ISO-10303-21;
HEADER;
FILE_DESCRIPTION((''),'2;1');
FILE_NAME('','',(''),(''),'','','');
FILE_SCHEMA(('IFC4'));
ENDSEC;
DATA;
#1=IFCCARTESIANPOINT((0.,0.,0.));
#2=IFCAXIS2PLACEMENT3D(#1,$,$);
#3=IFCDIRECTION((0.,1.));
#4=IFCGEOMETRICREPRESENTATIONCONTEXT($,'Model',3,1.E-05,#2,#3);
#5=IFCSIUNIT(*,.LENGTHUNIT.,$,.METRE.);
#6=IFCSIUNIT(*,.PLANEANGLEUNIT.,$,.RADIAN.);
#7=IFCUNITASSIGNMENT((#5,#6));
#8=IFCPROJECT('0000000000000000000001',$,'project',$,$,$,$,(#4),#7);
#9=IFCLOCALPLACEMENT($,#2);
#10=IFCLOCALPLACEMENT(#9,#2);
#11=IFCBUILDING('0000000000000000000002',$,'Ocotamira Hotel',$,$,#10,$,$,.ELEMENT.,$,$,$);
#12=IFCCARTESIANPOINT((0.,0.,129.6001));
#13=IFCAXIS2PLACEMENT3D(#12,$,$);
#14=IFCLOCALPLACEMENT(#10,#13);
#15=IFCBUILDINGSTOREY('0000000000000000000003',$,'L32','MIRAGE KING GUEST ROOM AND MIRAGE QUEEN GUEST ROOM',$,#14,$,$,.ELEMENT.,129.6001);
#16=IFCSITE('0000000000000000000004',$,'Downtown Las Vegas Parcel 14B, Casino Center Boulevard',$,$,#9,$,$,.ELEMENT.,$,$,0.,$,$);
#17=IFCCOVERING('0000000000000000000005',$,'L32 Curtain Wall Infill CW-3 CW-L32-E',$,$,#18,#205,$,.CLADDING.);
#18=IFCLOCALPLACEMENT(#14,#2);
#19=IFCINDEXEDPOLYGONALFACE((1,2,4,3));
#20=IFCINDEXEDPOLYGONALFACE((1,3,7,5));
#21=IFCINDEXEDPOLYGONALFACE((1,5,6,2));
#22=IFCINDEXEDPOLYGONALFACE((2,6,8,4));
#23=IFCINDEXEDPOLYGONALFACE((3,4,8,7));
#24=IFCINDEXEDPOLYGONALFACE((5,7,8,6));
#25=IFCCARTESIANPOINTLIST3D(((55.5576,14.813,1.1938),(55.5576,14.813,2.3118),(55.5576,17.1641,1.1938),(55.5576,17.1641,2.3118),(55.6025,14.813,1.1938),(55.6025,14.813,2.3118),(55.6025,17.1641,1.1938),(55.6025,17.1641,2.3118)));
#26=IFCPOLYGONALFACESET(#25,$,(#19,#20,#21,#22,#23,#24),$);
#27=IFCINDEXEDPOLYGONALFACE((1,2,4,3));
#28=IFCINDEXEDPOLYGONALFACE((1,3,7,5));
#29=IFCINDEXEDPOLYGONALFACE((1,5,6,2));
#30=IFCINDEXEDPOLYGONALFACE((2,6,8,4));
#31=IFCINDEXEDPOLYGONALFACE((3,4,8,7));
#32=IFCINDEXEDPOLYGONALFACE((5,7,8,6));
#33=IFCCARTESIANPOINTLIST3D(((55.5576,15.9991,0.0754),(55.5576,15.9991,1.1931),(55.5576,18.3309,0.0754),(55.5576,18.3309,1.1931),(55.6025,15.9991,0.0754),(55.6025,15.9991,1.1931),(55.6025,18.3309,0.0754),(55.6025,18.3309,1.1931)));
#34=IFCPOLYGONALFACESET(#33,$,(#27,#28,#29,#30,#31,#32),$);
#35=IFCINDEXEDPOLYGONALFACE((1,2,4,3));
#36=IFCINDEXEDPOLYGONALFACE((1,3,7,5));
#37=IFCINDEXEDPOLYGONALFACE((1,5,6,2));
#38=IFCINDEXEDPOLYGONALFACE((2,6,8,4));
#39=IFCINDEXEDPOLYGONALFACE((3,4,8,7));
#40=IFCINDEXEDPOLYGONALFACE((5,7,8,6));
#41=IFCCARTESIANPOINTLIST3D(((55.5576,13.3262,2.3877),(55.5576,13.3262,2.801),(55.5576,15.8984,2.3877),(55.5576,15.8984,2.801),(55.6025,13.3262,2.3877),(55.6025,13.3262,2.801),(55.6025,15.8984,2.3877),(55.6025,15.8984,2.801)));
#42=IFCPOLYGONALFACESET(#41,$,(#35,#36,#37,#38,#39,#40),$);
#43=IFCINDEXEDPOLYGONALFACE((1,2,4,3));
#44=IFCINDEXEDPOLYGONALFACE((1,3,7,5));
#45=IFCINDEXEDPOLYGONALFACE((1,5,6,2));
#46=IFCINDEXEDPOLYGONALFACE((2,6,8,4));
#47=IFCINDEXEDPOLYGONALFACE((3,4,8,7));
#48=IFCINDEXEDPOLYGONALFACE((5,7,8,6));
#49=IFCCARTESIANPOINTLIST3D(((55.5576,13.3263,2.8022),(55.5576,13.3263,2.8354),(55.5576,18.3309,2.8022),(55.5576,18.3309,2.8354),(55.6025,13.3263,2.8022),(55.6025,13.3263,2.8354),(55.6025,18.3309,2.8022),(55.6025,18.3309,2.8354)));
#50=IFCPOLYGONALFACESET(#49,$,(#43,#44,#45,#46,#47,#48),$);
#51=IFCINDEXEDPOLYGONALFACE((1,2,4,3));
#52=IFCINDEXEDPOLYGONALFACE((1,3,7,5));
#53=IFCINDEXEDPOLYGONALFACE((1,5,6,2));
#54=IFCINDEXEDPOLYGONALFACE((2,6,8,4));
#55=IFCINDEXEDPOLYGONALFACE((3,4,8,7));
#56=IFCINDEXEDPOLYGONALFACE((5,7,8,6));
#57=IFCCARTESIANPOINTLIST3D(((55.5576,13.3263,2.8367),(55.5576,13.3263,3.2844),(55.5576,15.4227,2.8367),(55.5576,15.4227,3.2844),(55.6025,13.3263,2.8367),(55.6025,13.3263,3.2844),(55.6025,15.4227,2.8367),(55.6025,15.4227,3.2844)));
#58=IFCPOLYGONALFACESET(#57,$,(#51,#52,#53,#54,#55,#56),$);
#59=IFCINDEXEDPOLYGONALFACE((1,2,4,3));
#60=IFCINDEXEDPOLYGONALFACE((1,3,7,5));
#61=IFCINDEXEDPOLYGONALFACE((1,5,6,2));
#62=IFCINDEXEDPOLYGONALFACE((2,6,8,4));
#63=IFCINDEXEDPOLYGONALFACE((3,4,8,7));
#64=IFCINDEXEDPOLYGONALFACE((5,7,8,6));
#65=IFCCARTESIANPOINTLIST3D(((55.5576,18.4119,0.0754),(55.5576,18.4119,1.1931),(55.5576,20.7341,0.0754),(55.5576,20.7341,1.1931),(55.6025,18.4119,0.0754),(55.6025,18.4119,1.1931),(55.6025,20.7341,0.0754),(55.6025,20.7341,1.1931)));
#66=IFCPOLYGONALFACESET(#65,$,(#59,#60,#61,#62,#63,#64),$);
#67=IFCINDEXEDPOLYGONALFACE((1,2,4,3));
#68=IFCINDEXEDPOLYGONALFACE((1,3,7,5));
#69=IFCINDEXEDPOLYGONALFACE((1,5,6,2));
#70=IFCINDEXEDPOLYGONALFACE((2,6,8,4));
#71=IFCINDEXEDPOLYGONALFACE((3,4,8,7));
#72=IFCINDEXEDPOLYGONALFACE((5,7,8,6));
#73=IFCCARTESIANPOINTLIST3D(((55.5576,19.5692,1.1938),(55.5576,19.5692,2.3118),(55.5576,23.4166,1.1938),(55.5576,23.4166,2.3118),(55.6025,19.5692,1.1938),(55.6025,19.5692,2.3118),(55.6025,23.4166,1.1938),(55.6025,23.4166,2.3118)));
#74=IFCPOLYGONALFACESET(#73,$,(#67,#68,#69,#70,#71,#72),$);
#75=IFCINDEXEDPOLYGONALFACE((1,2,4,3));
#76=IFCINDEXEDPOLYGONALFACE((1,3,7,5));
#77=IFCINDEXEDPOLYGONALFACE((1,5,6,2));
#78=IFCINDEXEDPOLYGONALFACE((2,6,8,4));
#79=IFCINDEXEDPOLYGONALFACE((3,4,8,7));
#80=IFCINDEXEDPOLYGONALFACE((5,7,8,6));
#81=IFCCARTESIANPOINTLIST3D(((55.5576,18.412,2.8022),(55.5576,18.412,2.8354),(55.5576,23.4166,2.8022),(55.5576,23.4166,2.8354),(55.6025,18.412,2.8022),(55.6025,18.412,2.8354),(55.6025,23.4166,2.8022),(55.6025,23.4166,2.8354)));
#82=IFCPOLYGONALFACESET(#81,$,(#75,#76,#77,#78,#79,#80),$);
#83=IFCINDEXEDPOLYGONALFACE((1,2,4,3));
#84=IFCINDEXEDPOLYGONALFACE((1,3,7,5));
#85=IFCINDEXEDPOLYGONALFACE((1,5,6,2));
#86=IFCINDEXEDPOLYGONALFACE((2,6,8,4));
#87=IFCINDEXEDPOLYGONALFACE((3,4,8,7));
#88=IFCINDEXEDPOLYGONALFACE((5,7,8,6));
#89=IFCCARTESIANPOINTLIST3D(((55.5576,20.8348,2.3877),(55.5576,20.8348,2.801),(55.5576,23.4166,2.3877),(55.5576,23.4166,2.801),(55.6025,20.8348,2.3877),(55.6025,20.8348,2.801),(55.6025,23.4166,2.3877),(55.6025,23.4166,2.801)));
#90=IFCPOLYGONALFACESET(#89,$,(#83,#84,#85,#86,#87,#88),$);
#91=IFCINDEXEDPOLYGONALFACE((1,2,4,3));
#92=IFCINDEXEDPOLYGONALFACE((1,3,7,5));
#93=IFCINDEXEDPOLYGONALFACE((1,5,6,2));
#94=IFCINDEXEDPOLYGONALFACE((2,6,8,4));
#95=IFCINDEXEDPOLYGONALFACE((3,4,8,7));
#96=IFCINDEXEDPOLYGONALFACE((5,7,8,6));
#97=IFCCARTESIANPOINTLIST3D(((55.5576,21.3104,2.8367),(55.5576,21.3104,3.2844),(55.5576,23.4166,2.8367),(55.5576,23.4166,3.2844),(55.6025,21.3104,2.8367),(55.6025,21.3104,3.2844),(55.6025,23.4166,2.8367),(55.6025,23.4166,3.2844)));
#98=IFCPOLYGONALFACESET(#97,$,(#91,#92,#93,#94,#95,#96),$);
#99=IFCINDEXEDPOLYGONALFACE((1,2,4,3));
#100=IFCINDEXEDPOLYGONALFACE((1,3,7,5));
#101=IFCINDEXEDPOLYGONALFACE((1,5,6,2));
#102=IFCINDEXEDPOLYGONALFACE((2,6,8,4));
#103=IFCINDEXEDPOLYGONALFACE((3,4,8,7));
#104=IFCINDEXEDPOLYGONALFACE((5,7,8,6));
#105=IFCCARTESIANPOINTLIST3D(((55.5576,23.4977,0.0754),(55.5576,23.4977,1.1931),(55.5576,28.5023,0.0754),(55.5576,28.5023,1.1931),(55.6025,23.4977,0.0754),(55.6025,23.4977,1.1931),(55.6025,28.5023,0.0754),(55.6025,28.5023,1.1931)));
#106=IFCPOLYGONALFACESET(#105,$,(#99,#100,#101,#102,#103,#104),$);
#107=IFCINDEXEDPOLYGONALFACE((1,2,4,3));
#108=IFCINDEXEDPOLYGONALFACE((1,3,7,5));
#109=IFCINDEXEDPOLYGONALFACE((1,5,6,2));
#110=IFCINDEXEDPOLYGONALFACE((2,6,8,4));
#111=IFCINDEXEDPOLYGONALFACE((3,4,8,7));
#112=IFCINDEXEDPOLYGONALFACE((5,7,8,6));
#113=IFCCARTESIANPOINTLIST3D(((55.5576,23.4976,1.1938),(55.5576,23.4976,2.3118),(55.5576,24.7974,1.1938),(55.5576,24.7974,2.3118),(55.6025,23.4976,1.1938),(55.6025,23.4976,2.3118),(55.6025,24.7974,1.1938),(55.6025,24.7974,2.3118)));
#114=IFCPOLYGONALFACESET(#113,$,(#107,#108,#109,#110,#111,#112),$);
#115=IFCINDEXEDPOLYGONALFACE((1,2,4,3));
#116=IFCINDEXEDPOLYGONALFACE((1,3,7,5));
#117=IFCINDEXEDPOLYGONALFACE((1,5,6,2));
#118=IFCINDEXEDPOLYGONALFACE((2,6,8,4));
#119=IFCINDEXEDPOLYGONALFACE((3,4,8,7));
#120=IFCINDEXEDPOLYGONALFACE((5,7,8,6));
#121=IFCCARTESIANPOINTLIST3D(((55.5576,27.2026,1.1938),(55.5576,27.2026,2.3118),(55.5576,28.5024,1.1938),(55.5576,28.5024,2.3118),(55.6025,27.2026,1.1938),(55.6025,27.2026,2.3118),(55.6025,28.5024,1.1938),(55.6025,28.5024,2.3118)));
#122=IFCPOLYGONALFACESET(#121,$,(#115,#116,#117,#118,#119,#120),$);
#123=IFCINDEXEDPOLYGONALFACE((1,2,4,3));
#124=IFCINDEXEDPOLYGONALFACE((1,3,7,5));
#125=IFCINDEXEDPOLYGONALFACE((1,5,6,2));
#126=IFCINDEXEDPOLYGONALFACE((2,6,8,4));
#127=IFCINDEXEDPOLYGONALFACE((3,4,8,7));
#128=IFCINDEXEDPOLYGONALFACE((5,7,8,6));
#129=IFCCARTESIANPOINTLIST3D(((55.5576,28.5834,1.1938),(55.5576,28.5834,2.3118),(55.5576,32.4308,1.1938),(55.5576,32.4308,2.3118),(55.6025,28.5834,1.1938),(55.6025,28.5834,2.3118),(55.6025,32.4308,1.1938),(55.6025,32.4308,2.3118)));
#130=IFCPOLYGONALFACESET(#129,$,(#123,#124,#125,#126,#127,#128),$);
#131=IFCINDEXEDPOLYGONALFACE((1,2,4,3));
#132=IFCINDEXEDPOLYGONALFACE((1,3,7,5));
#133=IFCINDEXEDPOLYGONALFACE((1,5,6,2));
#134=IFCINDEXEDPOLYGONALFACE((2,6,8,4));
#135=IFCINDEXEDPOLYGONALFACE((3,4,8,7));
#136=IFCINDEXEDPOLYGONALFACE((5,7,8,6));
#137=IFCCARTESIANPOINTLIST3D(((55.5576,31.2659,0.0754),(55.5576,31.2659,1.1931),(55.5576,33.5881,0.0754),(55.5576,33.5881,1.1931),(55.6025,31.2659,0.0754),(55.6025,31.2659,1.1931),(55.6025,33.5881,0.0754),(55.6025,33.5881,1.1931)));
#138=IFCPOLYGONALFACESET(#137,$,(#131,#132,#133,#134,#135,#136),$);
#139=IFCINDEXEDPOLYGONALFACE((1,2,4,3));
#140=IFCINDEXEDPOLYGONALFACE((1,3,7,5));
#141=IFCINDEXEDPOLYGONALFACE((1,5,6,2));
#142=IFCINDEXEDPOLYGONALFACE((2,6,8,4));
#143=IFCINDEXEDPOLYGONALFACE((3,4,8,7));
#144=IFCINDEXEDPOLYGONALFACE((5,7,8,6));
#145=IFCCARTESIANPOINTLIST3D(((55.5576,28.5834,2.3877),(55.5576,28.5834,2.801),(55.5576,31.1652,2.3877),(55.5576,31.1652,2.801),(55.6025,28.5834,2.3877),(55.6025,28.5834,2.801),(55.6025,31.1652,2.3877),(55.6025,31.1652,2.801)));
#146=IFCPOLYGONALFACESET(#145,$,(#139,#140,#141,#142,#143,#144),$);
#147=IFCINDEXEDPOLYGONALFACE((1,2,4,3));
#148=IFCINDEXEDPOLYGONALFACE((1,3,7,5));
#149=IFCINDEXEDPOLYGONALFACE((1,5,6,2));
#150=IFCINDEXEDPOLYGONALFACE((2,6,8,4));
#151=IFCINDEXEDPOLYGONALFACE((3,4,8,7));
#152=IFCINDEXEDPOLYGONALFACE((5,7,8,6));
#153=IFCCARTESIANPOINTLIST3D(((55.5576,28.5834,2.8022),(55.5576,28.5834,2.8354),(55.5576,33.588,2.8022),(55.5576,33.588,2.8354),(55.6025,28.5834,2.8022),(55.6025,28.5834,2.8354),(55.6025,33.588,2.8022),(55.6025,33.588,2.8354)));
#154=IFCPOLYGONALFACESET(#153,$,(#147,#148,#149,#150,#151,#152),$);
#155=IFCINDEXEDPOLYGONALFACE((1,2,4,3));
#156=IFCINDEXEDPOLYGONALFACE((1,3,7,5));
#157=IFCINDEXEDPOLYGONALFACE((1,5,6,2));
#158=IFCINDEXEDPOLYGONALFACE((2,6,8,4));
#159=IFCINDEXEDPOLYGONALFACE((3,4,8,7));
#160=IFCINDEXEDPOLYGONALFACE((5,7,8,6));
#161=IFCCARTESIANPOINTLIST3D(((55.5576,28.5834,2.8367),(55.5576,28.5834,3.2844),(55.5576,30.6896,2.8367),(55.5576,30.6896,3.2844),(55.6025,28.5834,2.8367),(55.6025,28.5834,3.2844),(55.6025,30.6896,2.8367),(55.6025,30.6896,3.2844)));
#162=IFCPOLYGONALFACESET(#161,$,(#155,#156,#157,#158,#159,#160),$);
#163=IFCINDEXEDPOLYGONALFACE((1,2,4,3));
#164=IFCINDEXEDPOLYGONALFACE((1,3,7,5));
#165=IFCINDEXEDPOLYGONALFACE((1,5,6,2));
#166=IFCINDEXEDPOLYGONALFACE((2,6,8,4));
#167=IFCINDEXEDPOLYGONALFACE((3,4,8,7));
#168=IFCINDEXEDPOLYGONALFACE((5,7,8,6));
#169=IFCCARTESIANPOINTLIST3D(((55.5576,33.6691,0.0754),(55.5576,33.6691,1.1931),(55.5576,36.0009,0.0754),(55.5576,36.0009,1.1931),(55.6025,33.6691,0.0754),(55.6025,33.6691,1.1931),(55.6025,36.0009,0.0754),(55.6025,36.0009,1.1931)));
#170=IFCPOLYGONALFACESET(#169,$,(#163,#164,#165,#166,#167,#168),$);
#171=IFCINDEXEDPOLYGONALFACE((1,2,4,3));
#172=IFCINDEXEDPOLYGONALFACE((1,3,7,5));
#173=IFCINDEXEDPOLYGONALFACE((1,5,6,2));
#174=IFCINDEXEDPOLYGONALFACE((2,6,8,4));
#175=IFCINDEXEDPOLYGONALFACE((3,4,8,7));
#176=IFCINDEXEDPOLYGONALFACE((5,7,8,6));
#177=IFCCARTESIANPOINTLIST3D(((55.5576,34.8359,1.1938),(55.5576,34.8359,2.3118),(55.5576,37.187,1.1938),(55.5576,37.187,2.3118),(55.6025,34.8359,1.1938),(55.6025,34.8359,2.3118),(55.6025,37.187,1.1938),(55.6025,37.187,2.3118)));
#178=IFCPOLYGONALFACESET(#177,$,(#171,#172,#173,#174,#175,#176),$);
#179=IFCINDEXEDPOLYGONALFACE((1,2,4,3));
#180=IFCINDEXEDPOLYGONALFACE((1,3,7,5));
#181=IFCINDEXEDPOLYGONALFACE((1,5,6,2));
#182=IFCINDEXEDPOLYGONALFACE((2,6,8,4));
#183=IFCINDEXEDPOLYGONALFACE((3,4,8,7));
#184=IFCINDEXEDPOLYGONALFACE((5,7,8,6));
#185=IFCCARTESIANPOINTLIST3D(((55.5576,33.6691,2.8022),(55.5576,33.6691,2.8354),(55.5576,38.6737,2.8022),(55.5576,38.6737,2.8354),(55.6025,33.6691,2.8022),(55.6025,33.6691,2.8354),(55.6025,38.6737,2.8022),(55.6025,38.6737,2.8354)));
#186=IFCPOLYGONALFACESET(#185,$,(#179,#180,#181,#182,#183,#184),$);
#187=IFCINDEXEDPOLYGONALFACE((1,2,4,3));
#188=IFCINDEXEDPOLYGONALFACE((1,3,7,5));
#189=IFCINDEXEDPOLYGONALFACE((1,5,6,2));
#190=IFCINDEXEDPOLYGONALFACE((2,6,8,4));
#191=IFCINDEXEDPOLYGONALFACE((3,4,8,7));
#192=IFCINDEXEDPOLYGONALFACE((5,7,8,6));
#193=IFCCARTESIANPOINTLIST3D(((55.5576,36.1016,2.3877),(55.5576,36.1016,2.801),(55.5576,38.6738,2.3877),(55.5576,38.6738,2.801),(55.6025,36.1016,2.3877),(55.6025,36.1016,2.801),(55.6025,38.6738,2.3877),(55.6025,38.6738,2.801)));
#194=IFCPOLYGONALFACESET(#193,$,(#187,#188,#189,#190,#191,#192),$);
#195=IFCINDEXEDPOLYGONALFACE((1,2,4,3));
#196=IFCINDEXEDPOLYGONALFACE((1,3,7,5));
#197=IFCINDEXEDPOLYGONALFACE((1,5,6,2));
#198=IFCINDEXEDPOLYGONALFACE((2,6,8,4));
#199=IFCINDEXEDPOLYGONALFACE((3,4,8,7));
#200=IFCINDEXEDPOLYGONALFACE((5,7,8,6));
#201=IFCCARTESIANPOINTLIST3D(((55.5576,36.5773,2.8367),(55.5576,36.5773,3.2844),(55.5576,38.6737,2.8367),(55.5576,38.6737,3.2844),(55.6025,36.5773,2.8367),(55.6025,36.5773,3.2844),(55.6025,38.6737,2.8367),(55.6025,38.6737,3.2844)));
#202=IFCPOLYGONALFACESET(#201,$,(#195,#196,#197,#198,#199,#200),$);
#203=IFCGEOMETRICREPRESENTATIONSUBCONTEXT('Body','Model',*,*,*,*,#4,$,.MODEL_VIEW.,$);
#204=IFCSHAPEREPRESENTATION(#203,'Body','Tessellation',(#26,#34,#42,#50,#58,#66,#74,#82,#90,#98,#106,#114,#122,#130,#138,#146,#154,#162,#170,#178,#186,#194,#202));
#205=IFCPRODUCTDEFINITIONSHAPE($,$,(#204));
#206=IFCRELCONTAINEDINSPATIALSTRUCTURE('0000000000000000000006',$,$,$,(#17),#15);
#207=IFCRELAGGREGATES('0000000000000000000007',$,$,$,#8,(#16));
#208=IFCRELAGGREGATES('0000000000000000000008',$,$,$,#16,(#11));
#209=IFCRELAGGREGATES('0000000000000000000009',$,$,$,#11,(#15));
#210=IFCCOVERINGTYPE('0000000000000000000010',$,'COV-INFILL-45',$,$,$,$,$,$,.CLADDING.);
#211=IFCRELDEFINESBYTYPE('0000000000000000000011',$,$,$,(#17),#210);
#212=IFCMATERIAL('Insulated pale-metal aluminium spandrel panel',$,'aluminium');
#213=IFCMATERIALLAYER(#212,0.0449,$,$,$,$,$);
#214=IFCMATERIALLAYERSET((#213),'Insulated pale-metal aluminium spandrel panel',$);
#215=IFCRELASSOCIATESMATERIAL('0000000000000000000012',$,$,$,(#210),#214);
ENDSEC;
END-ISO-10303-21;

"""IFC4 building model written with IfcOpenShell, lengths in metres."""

from ifc_helpers import new_model, si_unit, direction, frame, origin, origin_2d, place, context, subcontext, project, spatial, rectangle, extrude, material, layer, layer_set, type_object, element, save


model = new_model("IFC4")

# Units and contexts
model_context = context("Model", 3, precision=1e-05, world=origin(), true_north=direction((0.0, 1.0)))
body_context = subcontext(model_context, "Body", "Model", "MODEL_VIEW")
ifc_project = project(units=[si_unit("LENGTHUNIT", "METRE"), si_unit("PLANEANGLEUNIT", "RADIAN")], contexts=[model_context])

# Site, building, storey
site_placement = place(None, origin())
site = spatial("IfcSite", under=ifc_project, at=site_placement, Name="Downtown Las Vegas Parcel 14B, Casino Center Boulevard", CompositionType="ELEMENT", RefElevation=0.0)
building_placement = place(site_placement, origin())
building = spatial("IfcBuilding", under=site, at=building_placement, Name="Ocotamira Hotel", CompositionType="ELEMENT")
storey_placement = place(building_placement, frame((0.0, 0.0, 129.6001)))
storey = spatial("IfcBuildingStorey", under=building, at=storey_placement, Name="L32", Description="MIRAGE KING GUEST ROOM AND MIRAGE QUEEN GUEST ROOM", CompositionType="ELEMENT", Elevation=129.6001)

# Covering
ifc_material_1 = material(Name="Insulated pale-metal aluminium spandrel panel", Category="aluminium")
ifc_layer_1 = layer(ifc_material_1, 0.0449)
ifc_layer_set_1 = layer_set([ifc_layer_1], Name="Insulated pale-metal aluminium spandrel panel")
covering_type_1 = type_object("IfcCoveringType", Name="COV-INFILL-45", PredefinedType="CLADDING", material=ifc_layer_set_1)
covering_1_placement = place(storey_placement, origin())
element("IfcCovering", 1, at=covering_1_placement, inside=storey, type_object=covering_type_1, Name="L32 Curtain Wall Infill CW-3 CW-L32-E", PredefinedType="CLADDING", context=body_context, shape_type="SweptSolid", body=[
    extrude(rectangle(XDim=2.3511, YDim=0.0449, at=origin_2d()), frame((55.5801, 15.9885, 1.1938), z_axis=(0.0, 0.0, 1.0), x_axis=(0.0, 1.0, 0.0)), (0.0, 0.0, 1.0), 1.1179),
    extrude(rectangle(XDim=2.3318, YDim=0.0449, at=origin_2d()), frame((55.5801, 17.165, 0.0754), z_axis=(0.0, 0.0, 1.0), x_axis=(0.0, 1.0, 0.0)), (0.0, 0.0, 1.0), 1.1177),
    extrude(rectangle(XDim=2.5723, YDim=0.0449, at=origin_2d()), frame((55.5801, 14.6123, 2.3877), z_axis=(0.0, 0.0, 1.0), x_axis=(0.0, 1.0, 0.0)), (0.0, 0.0, 1.0), 0.4133),
    extrude(rectangle(XDim=5.0046, YDim=0.0449, at=origin_2d()), frame((55.5801, 15.8286, 2.8022), z_axis=(0.0, 0.0, 1.0), x_axis=(0.0, 1.0, 0.0)), (0.0, 0.0, 1.0), 0.0332),
    extrude(rectangle(XDim=2.0964, YDim=0.0449, at=origin_2d()), frame((55.5801, 14.3745, 2.8367), z_axis=(0.0, 0.0, 1.0), x_axis=(0.0, 1.0, 0.0)), (0.0, 0.0, 1.0), 0.4478),
    extrude(rectangle(XDim=2.3223, YDim=0.0449, at=origin_2d()), frame((55.5801, 19.573, 0.0754), z_axis=(0.0, 0.0, 1.0), x_axis=(0.0, 1.0, 0.0)), (0.0, 0.0, 1.0), 1.1177),
    extrude(rectangle(XDim=3.8474, YDim=0.0449, at=origin_2d()), frame((55.5801, 21.4929, 1.1938), z_axis=(0.0, 0.0, 1.0), x_axis=(0.0, 1.0, 0.0)), (0.0, 0.0, 1.0), 1.1179),
    extrude(rectangle(XDim=5.0046, YDim=0.0449, at=origin_2d()), frame((55.5801, 20.9143, 2.8022), z_axis=(0.0, 0.0, 1.0), x_axis=(0.0, 1.0, 0.0)), (0.0, 0.0, 1.0), 0.0332),
    extrude(rectangle(XDim=2.5818, YDim=0.0449, at=origin_2d()), frame((55.5801, 22.1257, 2.3877), z_axis=(0.0, 0.0, 1.0), x_axis=(0.0, 1.0, 0.0)), (0.0, 0.0, 1.0), 0.4133),
    extrude(rectangle(XDim=2.1062, YDim=0.0449, at=origin_2d()), frame((55.5801, 22.3635, 2.8367), z_axis=(0.0, 0.0, 1.0), x_axis=(0.0, 1.0, 0.0)), (0.0, 0.0, 1.0), 0.4478),
    extrude(rectangle(XDim=5.0046, YDim=0.0449, at=origin_2d()), frame((55.5801, 26.0, 0.0754), z_axis=(0.0, 0.0, 1.0), x_axis=(0.0, 1.0, 0.0)), (0.0, 0.0, 1.0), 1.1177),
    extrude(rectangle(XDim=1.2998, YDim=0.0449, at=origin_2d()), frame((55.5801, 24.1475, 1.1938), z_axis=(0.0, 0.0, 1.0), x_axis=(0.0, 1.0, 0.0)), (0.0, 0.0, 1.0), 1.1179),
    extrude(rectangle(XDim=1.2998, YDim=0.0449, at=origin_2d()), frame((55.5801, 27.8525, 1.1938), z_axis=(0.0, 0.0, 1.0), x_axis=(0.0, 1.0, 0.0)), (0.0, 0.0, 1.0), 1.1179),
    extrude(rectangle(XDim=3.8474, YDim=0.0449, at=origin_2d()), frame((55.5801, 30.5071, 1.1938), z_axis=(0.0, 0.0, 1.0), x_axis=(0.0, 1.0, 0.0)), (0.0, 0.0, 1.0), 1.1179),
    extrude(rectangle(XDim=2.3223, YDim=0.0449, at=origin_2d()), frame((55.5801, 32.427, 0.0754), z_axis=(0.0, 0.0, 1.0), x_axis=(0.0, 1.0, 0.0)), (0.0, 0.0, 1.0), 1.1177),
    extrude(rectangle(XDim=2.5818, YDim=0.0449, at=origin_2d()), frame((55.5801, 29.8743, 2.3877), z_axis=(0.0, 0.0, 1.0), x_axis=(0.0, 1.0, 0.0)), (0.0, 0.0, 1.0), 0.4133),
    extrude(rectangle(XDim=5.0046, YDim=0.0449, at=origin_2d()), frame((55.5801, 31.0857, 2.8022), z_axis=(0.0, 0.0, 1.0), x_axis=(0.0, 1.0, 0.0)), (0.0, 0.0, 1.0), 0.0332),
    extrude(rectangle(XDim=2.1062, YDim=0.0449, at=origin_2d()), frame((55.5801, 29.6365, 2.8367), z_axis=(0.0, 0.0, 1.0), x_axis=(0.0, 1.0, 0.0)), (0.0, 0.0, 1.0), 0.4478),
    extrude(rectangle(XDim=2.3318, YDim=0.0449, at=origin_2d()), frame((55.5801, 34.835, 0.0754), z_axis=(0.0, 0.0, 1.0), x_axis=(0.0, 1.0, 0.0)), (0.0, 0.0, 1.0), 1.1177),
    extrude(rectangle(XDim=2.3511, YDim=0.0449, at=origin_2d()), frame((55.5801, 36.0115, 1.1938), z_axis=(0.0, 0.0, 1.0), x_axis=(0.0, 1.0, 0.0)), (0.0, 0.0, 1.0), 1.1179),
    extrude(rectangle(XDim=5.0046, YDim=0.0449, at=origin_2d()), frame((55.5801, 36.1714, 2.8022), z_axis=(0.0, 0.0, 1.0), x_axis=(0.0, 1.0, 0.0)), (0.0, 0.0, 1.0), 0.0332),
    extrude(rectangle(XDim=2.5723, YDim=0.0449, at=origin_2d()), frame((55.5801, 37.3877, 2.3877), z_axis=(0.0, 0.0, 1.0), x_axis=(0.0, 1.0, 0.0)), (0.0, 0.0, 1.0), 0.4133),
    extrude(rectangle(XDim=2.0964, YDim=0.0449, at=origin_2d()), frame((55.5801, 37.6255, 2.8367), z_axis=(0.0, 0.0, 1.0), x_axis=(0.0, 1.0, 0.0)), (0.0, 0.0, 1.0), 0.4478),
])

save(model, "model.ifc")
